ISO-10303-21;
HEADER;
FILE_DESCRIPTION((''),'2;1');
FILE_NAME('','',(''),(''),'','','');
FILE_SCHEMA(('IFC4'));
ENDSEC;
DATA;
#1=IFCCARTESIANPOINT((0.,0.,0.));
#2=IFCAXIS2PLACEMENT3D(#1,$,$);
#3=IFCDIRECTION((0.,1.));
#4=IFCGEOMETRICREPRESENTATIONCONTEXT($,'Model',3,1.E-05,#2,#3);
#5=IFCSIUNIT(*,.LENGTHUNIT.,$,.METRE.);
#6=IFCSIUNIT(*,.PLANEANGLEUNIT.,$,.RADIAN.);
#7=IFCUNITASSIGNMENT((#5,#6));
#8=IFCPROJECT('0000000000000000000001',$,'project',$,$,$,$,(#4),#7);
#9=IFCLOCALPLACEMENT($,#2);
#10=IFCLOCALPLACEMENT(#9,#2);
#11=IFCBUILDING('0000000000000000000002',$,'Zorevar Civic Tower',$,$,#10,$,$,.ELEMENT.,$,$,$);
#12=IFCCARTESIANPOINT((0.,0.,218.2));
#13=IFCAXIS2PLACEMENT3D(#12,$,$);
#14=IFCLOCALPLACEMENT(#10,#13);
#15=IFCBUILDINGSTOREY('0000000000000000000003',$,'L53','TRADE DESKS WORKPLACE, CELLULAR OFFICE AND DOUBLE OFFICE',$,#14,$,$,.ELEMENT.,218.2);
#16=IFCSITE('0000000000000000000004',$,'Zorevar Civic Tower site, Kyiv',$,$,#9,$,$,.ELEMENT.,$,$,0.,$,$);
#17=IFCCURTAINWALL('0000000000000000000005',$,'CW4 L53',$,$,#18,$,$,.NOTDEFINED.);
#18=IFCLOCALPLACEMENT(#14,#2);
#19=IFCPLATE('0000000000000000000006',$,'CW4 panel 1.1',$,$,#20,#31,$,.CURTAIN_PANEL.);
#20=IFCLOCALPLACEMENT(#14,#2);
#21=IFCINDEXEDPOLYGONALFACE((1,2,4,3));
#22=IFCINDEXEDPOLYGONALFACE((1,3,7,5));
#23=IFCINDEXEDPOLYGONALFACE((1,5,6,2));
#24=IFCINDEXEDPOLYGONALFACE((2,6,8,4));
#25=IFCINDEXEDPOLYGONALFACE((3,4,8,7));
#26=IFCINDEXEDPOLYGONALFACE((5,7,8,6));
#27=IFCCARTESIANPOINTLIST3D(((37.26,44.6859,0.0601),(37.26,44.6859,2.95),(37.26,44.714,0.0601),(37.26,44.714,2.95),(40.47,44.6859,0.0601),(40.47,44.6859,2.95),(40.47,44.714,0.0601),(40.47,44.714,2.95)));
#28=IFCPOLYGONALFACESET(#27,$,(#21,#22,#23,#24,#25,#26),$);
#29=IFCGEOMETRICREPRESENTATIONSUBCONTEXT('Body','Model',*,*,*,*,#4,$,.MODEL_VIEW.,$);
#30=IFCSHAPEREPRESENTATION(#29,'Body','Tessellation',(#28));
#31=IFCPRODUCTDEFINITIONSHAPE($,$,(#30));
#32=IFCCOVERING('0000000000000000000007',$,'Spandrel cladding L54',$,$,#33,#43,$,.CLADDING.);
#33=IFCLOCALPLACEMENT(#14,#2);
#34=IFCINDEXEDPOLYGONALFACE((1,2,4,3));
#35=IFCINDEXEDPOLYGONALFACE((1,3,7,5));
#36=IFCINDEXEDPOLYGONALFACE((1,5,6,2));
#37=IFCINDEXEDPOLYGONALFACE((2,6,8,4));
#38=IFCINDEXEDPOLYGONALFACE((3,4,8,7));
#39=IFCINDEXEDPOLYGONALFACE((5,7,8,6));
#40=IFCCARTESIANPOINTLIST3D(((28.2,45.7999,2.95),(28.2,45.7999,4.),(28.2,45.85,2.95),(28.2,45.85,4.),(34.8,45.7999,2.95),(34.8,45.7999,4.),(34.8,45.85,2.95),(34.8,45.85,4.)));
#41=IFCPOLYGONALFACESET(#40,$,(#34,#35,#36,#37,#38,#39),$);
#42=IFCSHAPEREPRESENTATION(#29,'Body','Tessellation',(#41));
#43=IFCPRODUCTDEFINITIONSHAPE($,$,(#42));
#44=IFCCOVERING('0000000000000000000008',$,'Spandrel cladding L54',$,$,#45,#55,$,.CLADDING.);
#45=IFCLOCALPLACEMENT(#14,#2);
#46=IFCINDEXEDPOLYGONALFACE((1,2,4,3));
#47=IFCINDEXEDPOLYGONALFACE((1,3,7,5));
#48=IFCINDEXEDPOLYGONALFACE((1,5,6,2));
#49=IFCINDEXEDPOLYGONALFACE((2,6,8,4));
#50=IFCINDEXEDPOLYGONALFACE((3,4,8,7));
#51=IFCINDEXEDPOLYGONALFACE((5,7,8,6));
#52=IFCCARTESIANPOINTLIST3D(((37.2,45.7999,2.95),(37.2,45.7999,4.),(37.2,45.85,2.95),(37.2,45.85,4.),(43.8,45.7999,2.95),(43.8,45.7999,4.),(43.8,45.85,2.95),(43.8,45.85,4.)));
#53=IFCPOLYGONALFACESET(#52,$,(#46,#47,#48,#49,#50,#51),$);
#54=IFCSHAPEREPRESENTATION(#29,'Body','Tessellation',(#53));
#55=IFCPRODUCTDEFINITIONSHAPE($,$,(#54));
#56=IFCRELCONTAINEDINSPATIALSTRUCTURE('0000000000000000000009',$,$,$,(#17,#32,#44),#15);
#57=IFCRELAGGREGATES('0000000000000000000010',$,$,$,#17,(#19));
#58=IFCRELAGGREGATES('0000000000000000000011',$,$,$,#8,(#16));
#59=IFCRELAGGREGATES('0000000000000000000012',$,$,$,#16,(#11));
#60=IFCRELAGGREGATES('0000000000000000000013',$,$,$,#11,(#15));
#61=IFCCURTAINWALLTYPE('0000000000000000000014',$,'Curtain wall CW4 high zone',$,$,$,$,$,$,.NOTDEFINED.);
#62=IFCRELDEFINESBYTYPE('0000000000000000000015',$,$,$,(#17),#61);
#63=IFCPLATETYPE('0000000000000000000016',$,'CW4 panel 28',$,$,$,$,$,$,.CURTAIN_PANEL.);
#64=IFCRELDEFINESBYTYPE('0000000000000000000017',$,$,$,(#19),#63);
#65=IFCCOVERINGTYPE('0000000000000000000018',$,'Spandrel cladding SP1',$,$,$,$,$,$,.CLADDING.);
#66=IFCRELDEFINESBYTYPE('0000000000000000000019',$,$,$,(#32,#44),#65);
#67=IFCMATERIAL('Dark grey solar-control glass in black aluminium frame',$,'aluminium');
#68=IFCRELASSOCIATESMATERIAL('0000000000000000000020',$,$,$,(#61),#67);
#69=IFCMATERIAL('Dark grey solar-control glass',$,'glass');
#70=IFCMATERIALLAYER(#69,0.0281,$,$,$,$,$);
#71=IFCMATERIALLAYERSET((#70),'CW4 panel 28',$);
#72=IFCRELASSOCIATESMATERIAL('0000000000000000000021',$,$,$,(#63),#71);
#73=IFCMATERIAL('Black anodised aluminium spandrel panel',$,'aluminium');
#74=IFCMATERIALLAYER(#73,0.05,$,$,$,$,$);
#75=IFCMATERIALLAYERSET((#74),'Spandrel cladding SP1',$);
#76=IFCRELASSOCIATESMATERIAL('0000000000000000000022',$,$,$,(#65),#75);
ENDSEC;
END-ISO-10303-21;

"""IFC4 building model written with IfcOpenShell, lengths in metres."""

from ifc_helpers import new_model, si_unit, direction, frame, frame_2d, origin, origin_2d, place, context, subcontext, project, spatial, rectangle, extrude, material, layer, layer_set, type_object, element, aggregate, save


model = new_model("IFC4")

# Units and contexts
model_context = context("Model", 3, precision=1e-05, world=origin(), true_north=direction((0.0, 1.0)))
body_context = subcontext(model_context, "Body", "Model", "MODEL_VIEW")
ifc_project = project(units=[si_unit("LENGTHUNIT", "METRE"), si_unit("PLANEANGLEUNIT", "RADIAN")], contexts=[model_context])

# Site, building, storey
site_placement = place(None, origin())
site = spatial("IfcSite", under=ifc_project, at=site_placement, Name="Zorevar Civic Tower site, Kyiv", CompositionType="ELEMENT", RefElevation=0.0)
building_placement = place(site_placement, origin())
building = spatial("IfcBuilding", under=site, at=building_placement, Name="Zorevar Civic Tower", CompositionType="ELEMENT")
storey_placement = place(building_placement, frame((0.0, 0.0, 218.2)))
storey = spatial("IfcBuildingStorey", under=building, at=storey_placement, Name="L53", Description="TRADE DESKS WORKPLACE, CELLULAR OFFICE AND DOUBLE OFFICE", CompositionType="ELEMENT", Elevation=218.2)

# Shared definitions
ifc_material_1 = material(Name="Dark grey solar-control glass in black aluminium frame", Category="aluminium")
curtain_wall_type = type_object("IfcCurtainWallType", Name="Curtain wall CW4 high zone", PredefinedType="NOTDEFINED", material=ifc_material_1)

# Curtain wall
curtain_wall_1_placement = place(storey_placement, origin())
curtain_wall_1 = element("IfcCurtainWall", 1, at=curtain_wall_1_placement, inside=storey, type_object=curtain_wall_type, Name="CW4 L53", PredefinedType="NOTDEFINED")

# Plate
ifc_material_2 = material(Name="Dark grey solar-control glass", Category="glass")
ifc_layer_1 = layer(ifc_material_2, 0.0281)
ifc_layer_set_1 = layer_set([ifc_layer_1], Name="CW4 panel 28")
plate_type = type_object("IfcPlateType", Name="CW4 panel 28", PredefinedType="CURTAIN_PANEL", material=ifc_layer_set_1)
plate_1_placement = place(storey_placement, frame((38.865, 44.7, 0.0601), z_axis=(0.0, 0.0, 1.0), x_axis=(1.0, 0.0, 0.0)))
plate_1 = element("IfcPlate", 2, at=plate_1_placement, type_object=plate_type, Name="CW4 panel 1.1", PredefinedType="CURTAIN_PANEL", context=body_context, shape_type="SweptSolid", body=[
    extrude(rectangle(XDim=3.21, YDim=0.0281, at=origin_2d()), origin(), (0.0, 0.0, 1.0), 2.8899),
])
aggregate(curtain_wall_1, [plate_1])

# Coverings
ifc_material_3 = material(Name="Black anodised aluminium spandrel panel", Category="aluminium")
ifc_layer_2 = layer(ifc_material_3, 0.05)
ifc_layer_set_2 = layer_set([ifc_layer_2], Name="Spandrel cladding SP1")
covering_type = type_object("IfcCoveringType", Name="Spandrel cladding SP1", PredefinedType="CLADDING", material=ifc_layer_set_2)
for number, where, z_axis, x_axis, name in (
    (3, (28.2, 45.825, 2.95), (0.0, 0.0, 1.0), (1.0, 0.0, 0.0), "Spandrel cladding L54"),
    (4, (37.2, 45.825, 2.95), (0.0, 0.0, 1.0), (1.0, 0.0, 0.0), "Spandrel cladding L54"),
):
    element("IfcCovering", number, at=place(storey_placement, frame(where, z_axis=z_axis, x_axis=x_axis)), inside=storey, type_object=covering_type, Name=name, PredefinedType="CLADDING", context=body_context, shape_type="SweptSolid", body=[
        extrude(rectangle(XDim=6.6001, YDim=0.05, at=frame_2d((3.3, 0.0))), origin(), (0.0, 0.0, 1.0), 1.05),
    ])

save(model, "model.ifc")
